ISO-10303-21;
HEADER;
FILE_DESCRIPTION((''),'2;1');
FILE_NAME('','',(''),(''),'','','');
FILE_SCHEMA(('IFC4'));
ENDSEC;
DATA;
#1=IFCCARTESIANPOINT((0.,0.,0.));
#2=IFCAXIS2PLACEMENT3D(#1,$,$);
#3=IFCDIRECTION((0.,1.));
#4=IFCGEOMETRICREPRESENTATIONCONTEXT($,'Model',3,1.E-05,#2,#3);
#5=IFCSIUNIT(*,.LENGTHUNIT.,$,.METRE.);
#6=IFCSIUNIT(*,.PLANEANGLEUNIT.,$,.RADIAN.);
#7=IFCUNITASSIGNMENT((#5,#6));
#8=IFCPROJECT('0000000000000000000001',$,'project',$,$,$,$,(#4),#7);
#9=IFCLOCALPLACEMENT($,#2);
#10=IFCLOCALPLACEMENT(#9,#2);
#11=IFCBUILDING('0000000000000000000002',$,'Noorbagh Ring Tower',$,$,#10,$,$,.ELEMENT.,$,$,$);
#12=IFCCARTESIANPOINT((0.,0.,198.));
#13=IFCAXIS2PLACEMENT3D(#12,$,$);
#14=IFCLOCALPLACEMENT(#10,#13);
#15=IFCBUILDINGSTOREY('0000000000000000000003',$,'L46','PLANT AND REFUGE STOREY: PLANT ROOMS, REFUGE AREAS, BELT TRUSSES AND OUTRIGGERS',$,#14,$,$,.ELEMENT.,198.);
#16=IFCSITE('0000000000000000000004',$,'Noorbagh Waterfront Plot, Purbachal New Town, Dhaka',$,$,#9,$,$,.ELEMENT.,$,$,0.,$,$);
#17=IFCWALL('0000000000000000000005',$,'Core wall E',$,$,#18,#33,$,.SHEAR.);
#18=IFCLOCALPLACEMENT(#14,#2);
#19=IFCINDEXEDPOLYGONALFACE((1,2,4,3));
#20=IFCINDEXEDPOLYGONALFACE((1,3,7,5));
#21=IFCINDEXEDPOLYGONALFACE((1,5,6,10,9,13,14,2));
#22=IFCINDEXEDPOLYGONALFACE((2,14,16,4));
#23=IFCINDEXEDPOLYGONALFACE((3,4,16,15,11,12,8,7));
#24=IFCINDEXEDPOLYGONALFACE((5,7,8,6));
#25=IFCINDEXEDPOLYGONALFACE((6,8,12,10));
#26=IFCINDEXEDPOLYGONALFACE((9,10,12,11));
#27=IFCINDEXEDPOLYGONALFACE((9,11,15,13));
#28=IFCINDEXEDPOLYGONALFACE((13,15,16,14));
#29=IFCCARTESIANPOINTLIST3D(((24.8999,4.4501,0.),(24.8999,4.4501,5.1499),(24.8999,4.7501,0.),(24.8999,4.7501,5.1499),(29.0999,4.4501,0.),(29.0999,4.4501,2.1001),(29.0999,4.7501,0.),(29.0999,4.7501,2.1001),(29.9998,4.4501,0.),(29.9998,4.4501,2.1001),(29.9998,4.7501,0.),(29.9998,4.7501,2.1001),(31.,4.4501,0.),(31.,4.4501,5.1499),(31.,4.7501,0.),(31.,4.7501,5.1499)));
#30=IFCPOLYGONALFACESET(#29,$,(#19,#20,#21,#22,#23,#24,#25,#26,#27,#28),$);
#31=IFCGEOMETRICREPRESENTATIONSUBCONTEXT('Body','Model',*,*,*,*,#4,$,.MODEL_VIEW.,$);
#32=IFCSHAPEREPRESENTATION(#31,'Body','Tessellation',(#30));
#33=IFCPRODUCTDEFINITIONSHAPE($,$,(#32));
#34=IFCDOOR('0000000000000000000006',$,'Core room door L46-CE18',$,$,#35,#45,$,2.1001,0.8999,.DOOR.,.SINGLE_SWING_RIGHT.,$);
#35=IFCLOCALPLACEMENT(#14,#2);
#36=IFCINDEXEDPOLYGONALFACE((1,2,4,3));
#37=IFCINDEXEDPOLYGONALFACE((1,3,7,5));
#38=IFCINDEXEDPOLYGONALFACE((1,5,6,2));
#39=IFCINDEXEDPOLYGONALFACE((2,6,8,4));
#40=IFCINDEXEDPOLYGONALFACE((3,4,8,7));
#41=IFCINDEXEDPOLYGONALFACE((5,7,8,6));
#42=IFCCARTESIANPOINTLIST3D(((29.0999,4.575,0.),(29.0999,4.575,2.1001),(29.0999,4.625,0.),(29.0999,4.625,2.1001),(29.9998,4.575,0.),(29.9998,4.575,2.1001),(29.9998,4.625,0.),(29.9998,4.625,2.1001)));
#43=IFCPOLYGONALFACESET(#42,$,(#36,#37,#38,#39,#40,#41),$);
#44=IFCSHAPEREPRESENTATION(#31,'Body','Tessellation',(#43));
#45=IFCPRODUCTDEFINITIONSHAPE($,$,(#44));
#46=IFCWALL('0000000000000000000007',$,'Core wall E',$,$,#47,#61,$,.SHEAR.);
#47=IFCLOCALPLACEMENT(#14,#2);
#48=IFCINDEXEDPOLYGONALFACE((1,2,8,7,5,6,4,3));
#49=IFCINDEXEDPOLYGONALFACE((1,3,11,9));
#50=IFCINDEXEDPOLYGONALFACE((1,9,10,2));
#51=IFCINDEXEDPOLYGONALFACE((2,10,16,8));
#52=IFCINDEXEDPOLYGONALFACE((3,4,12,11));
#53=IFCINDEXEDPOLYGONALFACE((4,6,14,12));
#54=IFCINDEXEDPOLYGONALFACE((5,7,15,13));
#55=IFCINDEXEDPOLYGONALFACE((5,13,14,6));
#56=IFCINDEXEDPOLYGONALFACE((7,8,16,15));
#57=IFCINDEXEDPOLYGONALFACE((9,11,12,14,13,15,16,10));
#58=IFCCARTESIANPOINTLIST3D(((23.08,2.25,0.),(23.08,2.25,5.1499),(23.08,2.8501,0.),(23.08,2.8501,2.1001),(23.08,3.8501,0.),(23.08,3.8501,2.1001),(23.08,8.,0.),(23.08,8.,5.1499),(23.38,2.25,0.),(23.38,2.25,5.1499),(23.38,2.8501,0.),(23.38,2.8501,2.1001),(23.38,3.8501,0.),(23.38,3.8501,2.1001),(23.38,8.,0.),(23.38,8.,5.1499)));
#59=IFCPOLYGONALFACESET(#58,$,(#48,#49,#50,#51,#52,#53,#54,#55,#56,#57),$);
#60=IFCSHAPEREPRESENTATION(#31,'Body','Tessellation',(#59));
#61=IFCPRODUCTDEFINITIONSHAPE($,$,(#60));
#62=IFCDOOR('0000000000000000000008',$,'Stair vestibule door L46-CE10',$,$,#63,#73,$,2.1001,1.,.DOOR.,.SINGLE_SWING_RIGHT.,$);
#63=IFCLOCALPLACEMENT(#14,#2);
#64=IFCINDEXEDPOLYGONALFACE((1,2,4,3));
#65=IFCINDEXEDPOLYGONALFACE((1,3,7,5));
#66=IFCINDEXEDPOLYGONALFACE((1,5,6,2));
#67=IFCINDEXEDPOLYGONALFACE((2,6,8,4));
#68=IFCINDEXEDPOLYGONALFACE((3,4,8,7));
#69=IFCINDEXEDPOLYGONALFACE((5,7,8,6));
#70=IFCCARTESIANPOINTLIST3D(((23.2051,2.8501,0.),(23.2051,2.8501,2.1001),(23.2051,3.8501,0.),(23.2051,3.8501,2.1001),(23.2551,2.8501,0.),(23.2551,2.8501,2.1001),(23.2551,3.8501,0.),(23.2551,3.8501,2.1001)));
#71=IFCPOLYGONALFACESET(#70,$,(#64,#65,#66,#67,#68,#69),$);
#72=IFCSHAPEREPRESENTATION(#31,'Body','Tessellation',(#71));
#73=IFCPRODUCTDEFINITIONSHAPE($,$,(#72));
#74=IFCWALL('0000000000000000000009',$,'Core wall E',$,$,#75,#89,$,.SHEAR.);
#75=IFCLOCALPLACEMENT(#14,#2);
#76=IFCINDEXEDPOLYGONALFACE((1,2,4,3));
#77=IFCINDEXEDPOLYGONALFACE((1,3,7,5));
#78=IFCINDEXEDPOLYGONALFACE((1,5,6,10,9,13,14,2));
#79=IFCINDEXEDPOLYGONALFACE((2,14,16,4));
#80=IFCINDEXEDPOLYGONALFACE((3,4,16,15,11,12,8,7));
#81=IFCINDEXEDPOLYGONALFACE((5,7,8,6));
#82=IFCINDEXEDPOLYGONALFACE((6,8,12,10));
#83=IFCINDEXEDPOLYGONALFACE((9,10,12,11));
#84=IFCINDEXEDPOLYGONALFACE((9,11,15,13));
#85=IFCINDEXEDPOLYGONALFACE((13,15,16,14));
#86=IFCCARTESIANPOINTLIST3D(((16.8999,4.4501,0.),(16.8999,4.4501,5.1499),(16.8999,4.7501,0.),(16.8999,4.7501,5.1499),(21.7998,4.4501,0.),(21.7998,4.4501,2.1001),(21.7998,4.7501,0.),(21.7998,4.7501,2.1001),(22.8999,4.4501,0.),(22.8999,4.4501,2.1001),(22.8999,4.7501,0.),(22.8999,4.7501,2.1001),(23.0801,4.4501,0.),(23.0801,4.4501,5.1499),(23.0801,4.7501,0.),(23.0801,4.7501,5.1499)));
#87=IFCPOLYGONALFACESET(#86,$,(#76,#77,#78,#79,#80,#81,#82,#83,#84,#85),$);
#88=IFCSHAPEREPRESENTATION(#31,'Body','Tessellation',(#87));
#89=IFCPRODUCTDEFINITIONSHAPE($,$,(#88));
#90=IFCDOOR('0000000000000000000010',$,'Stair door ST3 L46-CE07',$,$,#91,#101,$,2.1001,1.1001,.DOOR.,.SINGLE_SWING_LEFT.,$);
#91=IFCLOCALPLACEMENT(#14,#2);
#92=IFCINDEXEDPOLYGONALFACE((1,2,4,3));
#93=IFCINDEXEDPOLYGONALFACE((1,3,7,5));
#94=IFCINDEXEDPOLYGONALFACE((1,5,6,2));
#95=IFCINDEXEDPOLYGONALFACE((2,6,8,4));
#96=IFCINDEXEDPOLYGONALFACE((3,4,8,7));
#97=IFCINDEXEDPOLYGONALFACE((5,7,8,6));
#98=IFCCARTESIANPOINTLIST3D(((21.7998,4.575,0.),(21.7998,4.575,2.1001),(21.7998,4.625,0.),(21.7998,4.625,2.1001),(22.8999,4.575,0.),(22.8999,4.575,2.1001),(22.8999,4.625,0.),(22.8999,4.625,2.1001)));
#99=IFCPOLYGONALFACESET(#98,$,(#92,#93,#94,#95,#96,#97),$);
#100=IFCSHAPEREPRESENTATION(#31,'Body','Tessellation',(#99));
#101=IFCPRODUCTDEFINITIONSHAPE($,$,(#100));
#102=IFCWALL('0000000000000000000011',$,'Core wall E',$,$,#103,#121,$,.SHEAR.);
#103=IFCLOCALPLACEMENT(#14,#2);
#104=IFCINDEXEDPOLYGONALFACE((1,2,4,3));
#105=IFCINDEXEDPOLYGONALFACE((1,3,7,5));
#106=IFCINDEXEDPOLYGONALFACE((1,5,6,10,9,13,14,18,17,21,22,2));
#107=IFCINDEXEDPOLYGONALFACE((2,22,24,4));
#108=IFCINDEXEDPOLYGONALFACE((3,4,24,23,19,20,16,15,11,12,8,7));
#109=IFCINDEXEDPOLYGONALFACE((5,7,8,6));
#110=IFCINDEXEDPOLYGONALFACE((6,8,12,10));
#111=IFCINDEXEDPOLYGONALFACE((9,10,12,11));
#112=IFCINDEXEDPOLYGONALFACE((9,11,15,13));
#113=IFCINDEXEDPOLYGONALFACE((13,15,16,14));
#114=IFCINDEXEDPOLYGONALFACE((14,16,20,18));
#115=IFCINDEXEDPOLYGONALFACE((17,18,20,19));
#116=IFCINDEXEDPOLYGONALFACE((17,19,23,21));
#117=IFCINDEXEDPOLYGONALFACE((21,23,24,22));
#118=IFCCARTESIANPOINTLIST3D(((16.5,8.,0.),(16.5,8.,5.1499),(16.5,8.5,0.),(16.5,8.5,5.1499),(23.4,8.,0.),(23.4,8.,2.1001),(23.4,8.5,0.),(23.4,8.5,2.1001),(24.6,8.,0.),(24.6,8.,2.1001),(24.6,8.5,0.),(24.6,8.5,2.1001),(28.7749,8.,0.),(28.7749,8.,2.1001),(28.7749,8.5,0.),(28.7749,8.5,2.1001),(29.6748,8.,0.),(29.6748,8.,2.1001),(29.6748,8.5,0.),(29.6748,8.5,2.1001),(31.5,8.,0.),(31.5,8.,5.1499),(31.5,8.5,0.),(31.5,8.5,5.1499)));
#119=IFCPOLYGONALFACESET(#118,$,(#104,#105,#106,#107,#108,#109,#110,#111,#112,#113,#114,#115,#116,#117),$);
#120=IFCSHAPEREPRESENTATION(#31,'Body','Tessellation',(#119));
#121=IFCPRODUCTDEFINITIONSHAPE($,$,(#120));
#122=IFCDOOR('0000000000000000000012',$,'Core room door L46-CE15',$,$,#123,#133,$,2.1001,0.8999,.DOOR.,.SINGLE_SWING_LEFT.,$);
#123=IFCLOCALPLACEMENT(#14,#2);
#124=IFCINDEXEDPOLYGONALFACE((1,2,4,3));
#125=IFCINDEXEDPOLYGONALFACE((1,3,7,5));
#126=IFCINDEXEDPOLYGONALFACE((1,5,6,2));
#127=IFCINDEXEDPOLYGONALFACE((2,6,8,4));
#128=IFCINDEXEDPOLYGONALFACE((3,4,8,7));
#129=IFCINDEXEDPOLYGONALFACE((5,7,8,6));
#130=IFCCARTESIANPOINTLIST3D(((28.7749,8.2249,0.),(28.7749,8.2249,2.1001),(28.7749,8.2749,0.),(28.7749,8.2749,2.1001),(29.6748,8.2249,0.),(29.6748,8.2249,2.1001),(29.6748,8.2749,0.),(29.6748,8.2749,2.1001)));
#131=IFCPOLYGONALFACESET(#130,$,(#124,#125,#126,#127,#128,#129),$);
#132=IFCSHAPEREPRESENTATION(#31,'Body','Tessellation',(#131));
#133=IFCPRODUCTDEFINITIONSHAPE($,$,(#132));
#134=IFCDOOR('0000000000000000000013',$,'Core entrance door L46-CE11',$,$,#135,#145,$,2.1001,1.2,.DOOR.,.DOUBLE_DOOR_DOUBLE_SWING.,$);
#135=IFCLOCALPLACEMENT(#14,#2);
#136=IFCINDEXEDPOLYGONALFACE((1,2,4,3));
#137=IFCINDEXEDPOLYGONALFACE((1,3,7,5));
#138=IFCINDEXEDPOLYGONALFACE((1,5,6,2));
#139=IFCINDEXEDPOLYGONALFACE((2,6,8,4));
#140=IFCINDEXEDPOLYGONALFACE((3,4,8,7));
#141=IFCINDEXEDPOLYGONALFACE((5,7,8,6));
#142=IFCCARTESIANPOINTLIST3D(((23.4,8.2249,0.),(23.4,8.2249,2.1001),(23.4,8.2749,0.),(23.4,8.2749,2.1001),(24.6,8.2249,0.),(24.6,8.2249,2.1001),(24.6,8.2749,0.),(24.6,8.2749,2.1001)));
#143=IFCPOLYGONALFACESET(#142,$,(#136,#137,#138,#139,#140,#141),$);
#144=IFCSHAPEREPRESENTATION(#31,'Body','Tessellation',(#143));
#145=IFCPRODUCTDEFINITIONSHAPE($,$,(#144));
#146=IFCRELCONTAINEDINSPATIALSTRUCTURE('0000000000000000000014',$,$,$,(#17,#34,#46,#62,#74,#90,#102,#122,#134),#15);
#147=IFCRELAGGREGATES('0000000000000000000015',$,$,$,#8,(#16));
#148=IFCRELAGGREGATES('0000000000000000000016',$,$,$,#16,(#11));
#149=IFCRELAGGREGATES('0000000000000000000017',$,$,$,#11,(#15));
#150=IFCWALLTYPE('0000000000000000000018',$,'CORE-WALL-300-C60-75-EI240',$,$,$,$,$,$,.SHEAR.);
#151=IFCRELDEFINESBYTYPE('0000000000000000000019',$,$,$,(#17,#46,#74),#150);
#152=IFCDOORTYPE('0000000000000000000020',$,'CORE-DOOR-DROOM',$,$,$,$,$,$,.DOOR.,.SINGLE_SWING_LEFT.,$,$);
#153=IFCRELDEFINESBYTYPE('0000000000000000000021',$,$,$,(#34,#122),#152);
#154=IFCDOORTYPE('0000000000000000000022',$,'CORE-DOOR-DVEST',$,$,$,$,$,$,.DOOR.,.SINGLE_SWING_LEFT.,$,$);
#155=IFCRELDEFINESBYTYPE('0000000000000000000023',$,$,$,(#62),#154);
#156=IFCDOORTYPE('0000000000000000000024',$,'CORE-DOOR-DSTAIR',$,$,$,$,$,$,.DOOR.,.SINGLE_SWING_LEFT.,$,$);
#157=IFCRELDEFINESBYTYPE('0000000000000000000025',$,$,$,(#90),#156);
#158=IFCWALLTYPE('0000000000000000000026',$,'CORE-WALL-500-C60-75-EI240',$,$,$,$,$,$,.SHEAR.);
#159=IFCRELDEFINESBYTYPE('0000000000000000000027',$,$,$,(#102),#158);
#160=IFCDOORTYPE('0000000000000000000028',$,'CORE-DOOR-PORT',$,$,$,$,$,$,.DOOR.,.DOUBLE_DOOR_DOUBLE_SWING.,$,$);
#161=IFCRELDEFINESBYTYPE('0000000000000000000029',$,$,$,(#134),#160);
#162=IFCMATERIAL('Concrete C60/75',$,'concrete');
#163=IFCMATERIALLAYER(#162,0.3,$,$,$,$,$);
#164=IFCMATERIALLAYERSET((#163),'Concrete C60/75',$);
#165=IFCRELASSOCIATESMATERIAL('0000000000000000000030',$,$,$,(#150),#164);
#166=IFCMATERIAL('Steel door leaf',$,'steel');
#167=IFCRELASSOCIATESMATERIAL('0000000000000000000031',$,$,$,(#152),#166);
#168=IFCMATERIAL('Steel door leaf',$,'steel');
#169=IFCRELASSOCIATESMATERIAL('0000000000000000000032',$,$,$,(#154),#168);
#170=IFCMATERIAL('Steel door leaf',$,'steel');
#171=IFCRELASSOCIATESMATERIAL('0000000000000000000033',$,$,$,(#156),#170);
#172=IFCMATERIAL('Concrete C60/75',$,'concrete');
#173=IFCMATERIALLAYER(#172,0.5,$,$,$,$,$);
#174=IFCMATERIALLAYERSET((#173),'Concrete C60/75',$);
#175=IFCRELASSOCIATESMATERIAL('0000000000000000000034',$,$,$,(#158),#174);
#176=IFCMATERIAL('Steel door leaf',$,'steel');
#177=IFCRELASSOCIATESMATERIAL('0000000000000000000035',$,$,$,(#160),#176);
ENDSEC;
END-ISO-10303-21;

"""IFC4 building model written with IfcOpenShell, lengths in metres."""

from ifc_helpers import new_model, si_unit, direction, frame, frame_2d, origin, place, context, subcontext, project, spatial, rectangle, extrude, material, layer, layer_set, type_object, element, fill, save


model = new_model("IFC4")

# Units and contexts
model_context = context("Model", 3, precision=1e-05, world=origin(), true_north=direction((0.0, 1.0)))
body_context = subcontext(model_context, "Body", "Model", "MODEL_VIEW")
ifc_project = project(units=[si_unit("LENGTHUNIT", "METRE"), si_unit("PLANEANGLEUNIT", "RADIAN")], contexts=[model_context])

# Site, building, storey
site_placement = place(None, origin())
site = spatial("IfcSite", under=ifc_project, at=site_placement, Name="Noorbagh Waterfront Plot, Purbachal New Town, Dhaka", CompositionType="ELEMENT", RefElevation=0.0)
building_placement = place(site_placement, origin())
building = spatial("IfcBuilding", under=site, at=building_placement, Name="Noorbagh Ring Tower", CompositionType="ELEMENT")
storey_placement = place(building_placement, frame((0.0, 0.0, 198.0)))
storey = spatial("IfcBuildingStorey", under=building, at=storey_placement, Name="L46", Description="PLANT AND REFUGE STOREY: PLANT ROOMS, REFUGE AREAS, BELT TRUSSES AND OUTRIGGERS", CompositionType="ELEMENT", Elevation=198.0)

# Walls, openings, doors
ifc_material_1 = material(Name="Concrete C60/75", Category="concrete")
ifc_layer_1 = layer(ifc_material_1, 0.3)
ifc_layer_set_1 = layer_set([ifc_layer_1], Name="Concrete C60/75")
wall_type_1 = type_object("IfcWallType", Name="CORE-WALL-300-C60-75-EI240", PredefinedType="SHEAR", material=ifc_layer_set_1)
wall_1_placement = place(storey_placement, frame((24.8999, 4.6001, 0.0), z_axis=(0.0, 0.0, 1.0), x_axis=(1.0, 0.0, 0.0)))
wall_1 = element("IfcWall", 1, at=wall_1_placement, inside=storey, type_object=wall_type_1, Name="Core wall E", PredefinedType="SHEAR", context=body_context, shape_type="SweptSolid", body=[
    extrude(rectangle(XDim=6.1001, YDim=0.3, at=frame_2d((3.05, 0.0))), origin(), (0.0, 0.0, 1.0), 5.1499),
])
opening_1_placement = place(wall_1_placement, frame((4.2, 0.0, 0.0)))
opening_1 = element("IfcOpeningElement", 2, at=opening_1_placement, cuts=wall_1, PredefinedType="OPENING", context=body_context, shape_type="SweptSolid", body=[
    extrude(rectangle(XDim=0.8999, YDim=2.1001, at=frame_2d((0.45, 1.05))), frame((0.0, 0.1602, 0.0), z_axis=(0.0, -1.0, 0.0), x_axis=(1.0, 0.0, 0.0)), (0.0, 0.0, 1.0), 0.3201),
])
ifc_material_2 = material(Name="Steel door leaf", Category="steel")
door_type_1 = type_object("IfcDoorType", Name="CORE-DOOR-DROOM", OperationType="SINGLE_SWING_LEFT", PredefinedType="DOOR", material=ifc_material_2)
door_1_placement = place(opening_1_placement, origin())
door_1 = element("IfcDoor", 3, at=door_1_placement, inside=storey, type_object=door_type_1, Name="Core room door L46-CE18", OperationType="SINGLE_SWING_RIGHT", OverallHeight=2.1001, OverallWidth=0.8999, PredefinedType="DOOR", context=body_context, shape_type="SweptSolid", body=[
    extrude(rectangle(XDim=0.8999, YDim=2.1001, at=frame_2d((0.45, 1.05))), frame((0.0, 0.0249, 0.0), z_axis=(0.0, -1.0, 0.0), x_axis=(1.0, 0.0, 0.0)), (0.0, 0.0, 1.0), 0.05),
])
fill(opening_1, door_1)
wall_2_placement = place(storey_placement, frame((23.23, 2.25, 0.0), z_axis=(0.0, 0.0, 1.0), x_axis=(0.0, 1.0, 0.0)))
wall_2 = element("IfcWall", 4, at=wall_2_placement, inside=storey, type_object=wall_type_1, Name="Core wall E", PredefinedType="SHEAR", context=body_context, shape_type="SweptSolid", body=[
    extrude(rectangle(XDim=5.75, YDim=0.3, at=frame_2d((2.875, 0.0))), origin(), (0.0, 0.0, 1.0), 5.1499),
])
opening_2_placement = place(wall_2_placement, frame((0.6001, 0.0, 0.0)))
opening_2 = element("IfcOpeningElement", 5, at=opening_2_placement, cuts=wall_2, PredefinedType="OPENING", context=body_context, shape_type="SweptSolid", body=[
    extrude(rectangle(XDim=1.0, YDim=2.1001, at=frame_2d((0.5, 1.05))), frame((0.0, 0.1602, 0.0), z_axis=(0.0, -1.0, 0.0), x_axis=(1.0, 0.0, 0.0)), (0.0, 0.0, 1.0), 0.3201),
])
ifc_material_3 = material(Name="Steel door leaf", Category="steel")
door_type_2 = type_object("IfcDoorType", Name="CORE-DOOR-DVEST", OperationType="SINGLE_SWING_LEFT", PredefinedType="DOOR", material=ifc_material_3)
door_2_placement = place(opening_2_placement, origin())
door_2 = element("IfcDoor", 6, at=door_2_placement, inside=storey, type_object=door_type_2, Name="Stair vestibule door L46-CE10", OperationType="SINGLE_SWING_RIGHT", OverallHeight=2.1001, OverallWidth=1.0, PredefinedType="DOOR", context=body_context, shape_type="SweptSolid", body=[
    extrude(rectangle(XDim=1.0, YDim=2.1001, at=frame_2d((0.5, 1.05))), frame((0.0, 0.0249, 0.0), z_axis=(0.0, -1.0, 0.0), x_axis=(1.0, 0.0, 0.0)), (0.0, 0.0, 1.0), 0.05),
])
fill(opening_2, door_2)
wall_3_placement = place(storey_placement, frame((16.8999, 4.6001, 0.0), z_axis=(0.0, 0.0, 1.0), x_axis=(1.0, 0.0, 0.0)))
wall_3 = element("IfcWall", 7, at=wall_3_placement, inside=storey, type_object=wall_type_1, Name="Core wall E", PredefinedType="SHEAR", context=body_context, shape_type="SweptSolid", body=[
    extrude(rectangle(XDim=6.1802, YDim=0.3, at=frame_2d((3.0901, 0.0))), origin(), (0.0, 0.0, 1.0), 5.1499),
])
opening_3_placement = place(wall_3_placement, frame((4.8999, 0.0, 0.0)))
opening_3 = element("IfcOpeningElement", 8, at=opening_3_placement, cuts=wall_3, PredefinedType="OPENING", context=body_context, shape_type="SweptSolid", body=[
    extrude(rectangle(XDim=1.1001, YDim=2.1001, at=frame_2d((0.55, 1.05))), frame((0.0, 0.1602, 0.0), z_axis=(0.0, -1.0, 0.0), x_axis=(1.0, 0.0, 0.0)), (0.0, 0.0, 1.0), 0.3201),
])
ifc_material_4 = material(Name="Steel door leaf", Category="steel")
door_type_3 = type_object("IfcDoorType", Name="CORE-DOOR-DSTAIR", OperationType="SINGLE_SWING_LEFT", PredefinedType="DOOR", material=ifc_material_4)
door_3_placement = place(opening_3_placement, origin())
door_3 = element("IfcDoor", 9, at=door_3_placement, inside=storey, type_object=door_type_3, Name="Stair door ST3 L46-CE07", OperationType="SINGLE_SWING_LEFT", OverallHeight=2.1001, OverallWidth=1.1001, PredefinedType="DOOR", context=body_context, shape_type="SweptSolid", body=[
    extrude(rectangle(XDim=1.1001, YDim=2.1001, at=frame_2d((0.55, 1.05))), frame((0.0, 0.0249, 0.0), z_axis=(0.0, -1.0, 0.0), x_axis=(1.0, 0.0, 0.0)), (0.0, 0.0, 1.0), 0.05),
])
fill(opening_3, door_3)

# Wall, openings, doors
ifc_material_5 = material(Name="Concrete C60/75", Category="concrete")
ifc_layer_2 = layer(ifc_material_5, 0.5)
ifc_layer_set_2 = layer_set([ifc_layer_2], Name="Concrete C60/75")
wall_type_2 = type_object("IfcWallType", Name="CORE-WALL-500-C60-75-EI240", PredefinedType="SHEAR", material=ifc_layer_set_2)
wall_4_placement = place(storey_placement, frame((16.5, 8.25, 0.0), z_axis=(0.0, 0.0, 1.0), x_axis=(1.0, 0.0, 0.0)))
wall_4 = element("IfcWall", 10, at=wall_4_placement, inside=storey, type_object=wall_type_2, Name="Core wall E", PredefinedType="SHEAR", context=body_context, shape_type="SweptSolid", body=[
    extrude(rectangle(XDim=15.0, YDim=0.5, at=frame_2d((7.5, 0.0))), origin(), (0.0, 0.0, 1.0), 5.1499),
])
opening_4_placement = place(wall_4_placement, frame((6.8999, 0.0, 0.0)))
opening_4 = element("IfcOpeningElement", 11, at=opening_4_placement, cuts=wall_4, PredefinedType="OPENING", context=body_context, shape_type="SweptSolid", body=[
    extrude(rectangle(XDim=1.2, YDim=2.1001, at=frame_2d((0.6001, 1.05))), frame((0.0, 0.26, 0.0), z_axis=(0.0, -1.0, 0.0), x_axis=(1.0, 0.0, 0.0)), (0.0, 0.0, 1.0), 0.52),
])
opening_5_placement = place(wall_4_placement, frame((12.2749, 0.0, 0.0)))
opening_5 = element("IfcOpeningElement", 12, at=opening_5_placement, cuts=wall_4, PredefinedType="OPENING", context=body_context, shape_type="SweptSolid", body=[
    extrude(rectangle(XDim=0.8999, YDim=2.1001, at=frame_2d((0.45, 1.05))), frame((0.0, 0.26, 0.0), z_axis=(0.0, -1.0, 0.0), x_axis=(1.0, 0.0, 0.0)), (0.0, 0.0, 1.0), 0.52),
])
door_4_placement = place(opening_5_placement, origin())
door_4 = element("IfcDoor", 13, at=door_4_placement, inside=storey, type_object=door_type_1, Name="Core room door L46-CE15", OperationType="SINGLE_SWING_LEFT", OverallHeight=2.1001, OverallWidth=0.8999, PredefinedType="DOOR", context=body_context, shape_type="SweptSolid", body=[
    extrude(rectangle(XDim=0.8999, YDim=2.1001, at=frame_2d((0.45, 1.05))), frame((0.0, 0.0249, 0.0), z_axis=(0.0, -1.0, 0.0), x_axis=(1.0, 0.0, 0.0)), (0.0, 0.0, 1.0), 0.05),
])
fill(opening_5, door_4)
ifc_material_6 = material(Name="Steel door leaf", Category="steel")
door_type_4 = type_object("IfcDoorType", Name="CORE-DOOR-PORT", OperationType="DOUBLE_DOOR_DOUBLE_SWING", PredefinedType="DOOR", material=ifc_material_6)
door_5_placement = place(opening_4_placement, origin())
door_5 = element("IfcDoor", 14, at=door_5_placement, inside=storey, type_object=door_type_4, Name="Core entrance door L46-CE11", OperationType="DOUBLE_DOOR_DOUBLE_SWING", OverallHeight=2.1001, OverallWidth=1.2, PredefinedType="DOOR", context=body_context, shape_type="SweptSolid", body=[
    extrude(rectangle(XDim=1.2, YDim=2.1001, at=frame_2d((0.6001, 1.05))), frame((0.0, 0.0249, 0.0), z_axis=(0.0, -1.0, 0.0), x_axis=(1.0, 0.0, 0.0)), (0.0, 0.0, 1.0), 0.05),
])
fill(opening_4, door_5)

save(model, "model.ifc")
